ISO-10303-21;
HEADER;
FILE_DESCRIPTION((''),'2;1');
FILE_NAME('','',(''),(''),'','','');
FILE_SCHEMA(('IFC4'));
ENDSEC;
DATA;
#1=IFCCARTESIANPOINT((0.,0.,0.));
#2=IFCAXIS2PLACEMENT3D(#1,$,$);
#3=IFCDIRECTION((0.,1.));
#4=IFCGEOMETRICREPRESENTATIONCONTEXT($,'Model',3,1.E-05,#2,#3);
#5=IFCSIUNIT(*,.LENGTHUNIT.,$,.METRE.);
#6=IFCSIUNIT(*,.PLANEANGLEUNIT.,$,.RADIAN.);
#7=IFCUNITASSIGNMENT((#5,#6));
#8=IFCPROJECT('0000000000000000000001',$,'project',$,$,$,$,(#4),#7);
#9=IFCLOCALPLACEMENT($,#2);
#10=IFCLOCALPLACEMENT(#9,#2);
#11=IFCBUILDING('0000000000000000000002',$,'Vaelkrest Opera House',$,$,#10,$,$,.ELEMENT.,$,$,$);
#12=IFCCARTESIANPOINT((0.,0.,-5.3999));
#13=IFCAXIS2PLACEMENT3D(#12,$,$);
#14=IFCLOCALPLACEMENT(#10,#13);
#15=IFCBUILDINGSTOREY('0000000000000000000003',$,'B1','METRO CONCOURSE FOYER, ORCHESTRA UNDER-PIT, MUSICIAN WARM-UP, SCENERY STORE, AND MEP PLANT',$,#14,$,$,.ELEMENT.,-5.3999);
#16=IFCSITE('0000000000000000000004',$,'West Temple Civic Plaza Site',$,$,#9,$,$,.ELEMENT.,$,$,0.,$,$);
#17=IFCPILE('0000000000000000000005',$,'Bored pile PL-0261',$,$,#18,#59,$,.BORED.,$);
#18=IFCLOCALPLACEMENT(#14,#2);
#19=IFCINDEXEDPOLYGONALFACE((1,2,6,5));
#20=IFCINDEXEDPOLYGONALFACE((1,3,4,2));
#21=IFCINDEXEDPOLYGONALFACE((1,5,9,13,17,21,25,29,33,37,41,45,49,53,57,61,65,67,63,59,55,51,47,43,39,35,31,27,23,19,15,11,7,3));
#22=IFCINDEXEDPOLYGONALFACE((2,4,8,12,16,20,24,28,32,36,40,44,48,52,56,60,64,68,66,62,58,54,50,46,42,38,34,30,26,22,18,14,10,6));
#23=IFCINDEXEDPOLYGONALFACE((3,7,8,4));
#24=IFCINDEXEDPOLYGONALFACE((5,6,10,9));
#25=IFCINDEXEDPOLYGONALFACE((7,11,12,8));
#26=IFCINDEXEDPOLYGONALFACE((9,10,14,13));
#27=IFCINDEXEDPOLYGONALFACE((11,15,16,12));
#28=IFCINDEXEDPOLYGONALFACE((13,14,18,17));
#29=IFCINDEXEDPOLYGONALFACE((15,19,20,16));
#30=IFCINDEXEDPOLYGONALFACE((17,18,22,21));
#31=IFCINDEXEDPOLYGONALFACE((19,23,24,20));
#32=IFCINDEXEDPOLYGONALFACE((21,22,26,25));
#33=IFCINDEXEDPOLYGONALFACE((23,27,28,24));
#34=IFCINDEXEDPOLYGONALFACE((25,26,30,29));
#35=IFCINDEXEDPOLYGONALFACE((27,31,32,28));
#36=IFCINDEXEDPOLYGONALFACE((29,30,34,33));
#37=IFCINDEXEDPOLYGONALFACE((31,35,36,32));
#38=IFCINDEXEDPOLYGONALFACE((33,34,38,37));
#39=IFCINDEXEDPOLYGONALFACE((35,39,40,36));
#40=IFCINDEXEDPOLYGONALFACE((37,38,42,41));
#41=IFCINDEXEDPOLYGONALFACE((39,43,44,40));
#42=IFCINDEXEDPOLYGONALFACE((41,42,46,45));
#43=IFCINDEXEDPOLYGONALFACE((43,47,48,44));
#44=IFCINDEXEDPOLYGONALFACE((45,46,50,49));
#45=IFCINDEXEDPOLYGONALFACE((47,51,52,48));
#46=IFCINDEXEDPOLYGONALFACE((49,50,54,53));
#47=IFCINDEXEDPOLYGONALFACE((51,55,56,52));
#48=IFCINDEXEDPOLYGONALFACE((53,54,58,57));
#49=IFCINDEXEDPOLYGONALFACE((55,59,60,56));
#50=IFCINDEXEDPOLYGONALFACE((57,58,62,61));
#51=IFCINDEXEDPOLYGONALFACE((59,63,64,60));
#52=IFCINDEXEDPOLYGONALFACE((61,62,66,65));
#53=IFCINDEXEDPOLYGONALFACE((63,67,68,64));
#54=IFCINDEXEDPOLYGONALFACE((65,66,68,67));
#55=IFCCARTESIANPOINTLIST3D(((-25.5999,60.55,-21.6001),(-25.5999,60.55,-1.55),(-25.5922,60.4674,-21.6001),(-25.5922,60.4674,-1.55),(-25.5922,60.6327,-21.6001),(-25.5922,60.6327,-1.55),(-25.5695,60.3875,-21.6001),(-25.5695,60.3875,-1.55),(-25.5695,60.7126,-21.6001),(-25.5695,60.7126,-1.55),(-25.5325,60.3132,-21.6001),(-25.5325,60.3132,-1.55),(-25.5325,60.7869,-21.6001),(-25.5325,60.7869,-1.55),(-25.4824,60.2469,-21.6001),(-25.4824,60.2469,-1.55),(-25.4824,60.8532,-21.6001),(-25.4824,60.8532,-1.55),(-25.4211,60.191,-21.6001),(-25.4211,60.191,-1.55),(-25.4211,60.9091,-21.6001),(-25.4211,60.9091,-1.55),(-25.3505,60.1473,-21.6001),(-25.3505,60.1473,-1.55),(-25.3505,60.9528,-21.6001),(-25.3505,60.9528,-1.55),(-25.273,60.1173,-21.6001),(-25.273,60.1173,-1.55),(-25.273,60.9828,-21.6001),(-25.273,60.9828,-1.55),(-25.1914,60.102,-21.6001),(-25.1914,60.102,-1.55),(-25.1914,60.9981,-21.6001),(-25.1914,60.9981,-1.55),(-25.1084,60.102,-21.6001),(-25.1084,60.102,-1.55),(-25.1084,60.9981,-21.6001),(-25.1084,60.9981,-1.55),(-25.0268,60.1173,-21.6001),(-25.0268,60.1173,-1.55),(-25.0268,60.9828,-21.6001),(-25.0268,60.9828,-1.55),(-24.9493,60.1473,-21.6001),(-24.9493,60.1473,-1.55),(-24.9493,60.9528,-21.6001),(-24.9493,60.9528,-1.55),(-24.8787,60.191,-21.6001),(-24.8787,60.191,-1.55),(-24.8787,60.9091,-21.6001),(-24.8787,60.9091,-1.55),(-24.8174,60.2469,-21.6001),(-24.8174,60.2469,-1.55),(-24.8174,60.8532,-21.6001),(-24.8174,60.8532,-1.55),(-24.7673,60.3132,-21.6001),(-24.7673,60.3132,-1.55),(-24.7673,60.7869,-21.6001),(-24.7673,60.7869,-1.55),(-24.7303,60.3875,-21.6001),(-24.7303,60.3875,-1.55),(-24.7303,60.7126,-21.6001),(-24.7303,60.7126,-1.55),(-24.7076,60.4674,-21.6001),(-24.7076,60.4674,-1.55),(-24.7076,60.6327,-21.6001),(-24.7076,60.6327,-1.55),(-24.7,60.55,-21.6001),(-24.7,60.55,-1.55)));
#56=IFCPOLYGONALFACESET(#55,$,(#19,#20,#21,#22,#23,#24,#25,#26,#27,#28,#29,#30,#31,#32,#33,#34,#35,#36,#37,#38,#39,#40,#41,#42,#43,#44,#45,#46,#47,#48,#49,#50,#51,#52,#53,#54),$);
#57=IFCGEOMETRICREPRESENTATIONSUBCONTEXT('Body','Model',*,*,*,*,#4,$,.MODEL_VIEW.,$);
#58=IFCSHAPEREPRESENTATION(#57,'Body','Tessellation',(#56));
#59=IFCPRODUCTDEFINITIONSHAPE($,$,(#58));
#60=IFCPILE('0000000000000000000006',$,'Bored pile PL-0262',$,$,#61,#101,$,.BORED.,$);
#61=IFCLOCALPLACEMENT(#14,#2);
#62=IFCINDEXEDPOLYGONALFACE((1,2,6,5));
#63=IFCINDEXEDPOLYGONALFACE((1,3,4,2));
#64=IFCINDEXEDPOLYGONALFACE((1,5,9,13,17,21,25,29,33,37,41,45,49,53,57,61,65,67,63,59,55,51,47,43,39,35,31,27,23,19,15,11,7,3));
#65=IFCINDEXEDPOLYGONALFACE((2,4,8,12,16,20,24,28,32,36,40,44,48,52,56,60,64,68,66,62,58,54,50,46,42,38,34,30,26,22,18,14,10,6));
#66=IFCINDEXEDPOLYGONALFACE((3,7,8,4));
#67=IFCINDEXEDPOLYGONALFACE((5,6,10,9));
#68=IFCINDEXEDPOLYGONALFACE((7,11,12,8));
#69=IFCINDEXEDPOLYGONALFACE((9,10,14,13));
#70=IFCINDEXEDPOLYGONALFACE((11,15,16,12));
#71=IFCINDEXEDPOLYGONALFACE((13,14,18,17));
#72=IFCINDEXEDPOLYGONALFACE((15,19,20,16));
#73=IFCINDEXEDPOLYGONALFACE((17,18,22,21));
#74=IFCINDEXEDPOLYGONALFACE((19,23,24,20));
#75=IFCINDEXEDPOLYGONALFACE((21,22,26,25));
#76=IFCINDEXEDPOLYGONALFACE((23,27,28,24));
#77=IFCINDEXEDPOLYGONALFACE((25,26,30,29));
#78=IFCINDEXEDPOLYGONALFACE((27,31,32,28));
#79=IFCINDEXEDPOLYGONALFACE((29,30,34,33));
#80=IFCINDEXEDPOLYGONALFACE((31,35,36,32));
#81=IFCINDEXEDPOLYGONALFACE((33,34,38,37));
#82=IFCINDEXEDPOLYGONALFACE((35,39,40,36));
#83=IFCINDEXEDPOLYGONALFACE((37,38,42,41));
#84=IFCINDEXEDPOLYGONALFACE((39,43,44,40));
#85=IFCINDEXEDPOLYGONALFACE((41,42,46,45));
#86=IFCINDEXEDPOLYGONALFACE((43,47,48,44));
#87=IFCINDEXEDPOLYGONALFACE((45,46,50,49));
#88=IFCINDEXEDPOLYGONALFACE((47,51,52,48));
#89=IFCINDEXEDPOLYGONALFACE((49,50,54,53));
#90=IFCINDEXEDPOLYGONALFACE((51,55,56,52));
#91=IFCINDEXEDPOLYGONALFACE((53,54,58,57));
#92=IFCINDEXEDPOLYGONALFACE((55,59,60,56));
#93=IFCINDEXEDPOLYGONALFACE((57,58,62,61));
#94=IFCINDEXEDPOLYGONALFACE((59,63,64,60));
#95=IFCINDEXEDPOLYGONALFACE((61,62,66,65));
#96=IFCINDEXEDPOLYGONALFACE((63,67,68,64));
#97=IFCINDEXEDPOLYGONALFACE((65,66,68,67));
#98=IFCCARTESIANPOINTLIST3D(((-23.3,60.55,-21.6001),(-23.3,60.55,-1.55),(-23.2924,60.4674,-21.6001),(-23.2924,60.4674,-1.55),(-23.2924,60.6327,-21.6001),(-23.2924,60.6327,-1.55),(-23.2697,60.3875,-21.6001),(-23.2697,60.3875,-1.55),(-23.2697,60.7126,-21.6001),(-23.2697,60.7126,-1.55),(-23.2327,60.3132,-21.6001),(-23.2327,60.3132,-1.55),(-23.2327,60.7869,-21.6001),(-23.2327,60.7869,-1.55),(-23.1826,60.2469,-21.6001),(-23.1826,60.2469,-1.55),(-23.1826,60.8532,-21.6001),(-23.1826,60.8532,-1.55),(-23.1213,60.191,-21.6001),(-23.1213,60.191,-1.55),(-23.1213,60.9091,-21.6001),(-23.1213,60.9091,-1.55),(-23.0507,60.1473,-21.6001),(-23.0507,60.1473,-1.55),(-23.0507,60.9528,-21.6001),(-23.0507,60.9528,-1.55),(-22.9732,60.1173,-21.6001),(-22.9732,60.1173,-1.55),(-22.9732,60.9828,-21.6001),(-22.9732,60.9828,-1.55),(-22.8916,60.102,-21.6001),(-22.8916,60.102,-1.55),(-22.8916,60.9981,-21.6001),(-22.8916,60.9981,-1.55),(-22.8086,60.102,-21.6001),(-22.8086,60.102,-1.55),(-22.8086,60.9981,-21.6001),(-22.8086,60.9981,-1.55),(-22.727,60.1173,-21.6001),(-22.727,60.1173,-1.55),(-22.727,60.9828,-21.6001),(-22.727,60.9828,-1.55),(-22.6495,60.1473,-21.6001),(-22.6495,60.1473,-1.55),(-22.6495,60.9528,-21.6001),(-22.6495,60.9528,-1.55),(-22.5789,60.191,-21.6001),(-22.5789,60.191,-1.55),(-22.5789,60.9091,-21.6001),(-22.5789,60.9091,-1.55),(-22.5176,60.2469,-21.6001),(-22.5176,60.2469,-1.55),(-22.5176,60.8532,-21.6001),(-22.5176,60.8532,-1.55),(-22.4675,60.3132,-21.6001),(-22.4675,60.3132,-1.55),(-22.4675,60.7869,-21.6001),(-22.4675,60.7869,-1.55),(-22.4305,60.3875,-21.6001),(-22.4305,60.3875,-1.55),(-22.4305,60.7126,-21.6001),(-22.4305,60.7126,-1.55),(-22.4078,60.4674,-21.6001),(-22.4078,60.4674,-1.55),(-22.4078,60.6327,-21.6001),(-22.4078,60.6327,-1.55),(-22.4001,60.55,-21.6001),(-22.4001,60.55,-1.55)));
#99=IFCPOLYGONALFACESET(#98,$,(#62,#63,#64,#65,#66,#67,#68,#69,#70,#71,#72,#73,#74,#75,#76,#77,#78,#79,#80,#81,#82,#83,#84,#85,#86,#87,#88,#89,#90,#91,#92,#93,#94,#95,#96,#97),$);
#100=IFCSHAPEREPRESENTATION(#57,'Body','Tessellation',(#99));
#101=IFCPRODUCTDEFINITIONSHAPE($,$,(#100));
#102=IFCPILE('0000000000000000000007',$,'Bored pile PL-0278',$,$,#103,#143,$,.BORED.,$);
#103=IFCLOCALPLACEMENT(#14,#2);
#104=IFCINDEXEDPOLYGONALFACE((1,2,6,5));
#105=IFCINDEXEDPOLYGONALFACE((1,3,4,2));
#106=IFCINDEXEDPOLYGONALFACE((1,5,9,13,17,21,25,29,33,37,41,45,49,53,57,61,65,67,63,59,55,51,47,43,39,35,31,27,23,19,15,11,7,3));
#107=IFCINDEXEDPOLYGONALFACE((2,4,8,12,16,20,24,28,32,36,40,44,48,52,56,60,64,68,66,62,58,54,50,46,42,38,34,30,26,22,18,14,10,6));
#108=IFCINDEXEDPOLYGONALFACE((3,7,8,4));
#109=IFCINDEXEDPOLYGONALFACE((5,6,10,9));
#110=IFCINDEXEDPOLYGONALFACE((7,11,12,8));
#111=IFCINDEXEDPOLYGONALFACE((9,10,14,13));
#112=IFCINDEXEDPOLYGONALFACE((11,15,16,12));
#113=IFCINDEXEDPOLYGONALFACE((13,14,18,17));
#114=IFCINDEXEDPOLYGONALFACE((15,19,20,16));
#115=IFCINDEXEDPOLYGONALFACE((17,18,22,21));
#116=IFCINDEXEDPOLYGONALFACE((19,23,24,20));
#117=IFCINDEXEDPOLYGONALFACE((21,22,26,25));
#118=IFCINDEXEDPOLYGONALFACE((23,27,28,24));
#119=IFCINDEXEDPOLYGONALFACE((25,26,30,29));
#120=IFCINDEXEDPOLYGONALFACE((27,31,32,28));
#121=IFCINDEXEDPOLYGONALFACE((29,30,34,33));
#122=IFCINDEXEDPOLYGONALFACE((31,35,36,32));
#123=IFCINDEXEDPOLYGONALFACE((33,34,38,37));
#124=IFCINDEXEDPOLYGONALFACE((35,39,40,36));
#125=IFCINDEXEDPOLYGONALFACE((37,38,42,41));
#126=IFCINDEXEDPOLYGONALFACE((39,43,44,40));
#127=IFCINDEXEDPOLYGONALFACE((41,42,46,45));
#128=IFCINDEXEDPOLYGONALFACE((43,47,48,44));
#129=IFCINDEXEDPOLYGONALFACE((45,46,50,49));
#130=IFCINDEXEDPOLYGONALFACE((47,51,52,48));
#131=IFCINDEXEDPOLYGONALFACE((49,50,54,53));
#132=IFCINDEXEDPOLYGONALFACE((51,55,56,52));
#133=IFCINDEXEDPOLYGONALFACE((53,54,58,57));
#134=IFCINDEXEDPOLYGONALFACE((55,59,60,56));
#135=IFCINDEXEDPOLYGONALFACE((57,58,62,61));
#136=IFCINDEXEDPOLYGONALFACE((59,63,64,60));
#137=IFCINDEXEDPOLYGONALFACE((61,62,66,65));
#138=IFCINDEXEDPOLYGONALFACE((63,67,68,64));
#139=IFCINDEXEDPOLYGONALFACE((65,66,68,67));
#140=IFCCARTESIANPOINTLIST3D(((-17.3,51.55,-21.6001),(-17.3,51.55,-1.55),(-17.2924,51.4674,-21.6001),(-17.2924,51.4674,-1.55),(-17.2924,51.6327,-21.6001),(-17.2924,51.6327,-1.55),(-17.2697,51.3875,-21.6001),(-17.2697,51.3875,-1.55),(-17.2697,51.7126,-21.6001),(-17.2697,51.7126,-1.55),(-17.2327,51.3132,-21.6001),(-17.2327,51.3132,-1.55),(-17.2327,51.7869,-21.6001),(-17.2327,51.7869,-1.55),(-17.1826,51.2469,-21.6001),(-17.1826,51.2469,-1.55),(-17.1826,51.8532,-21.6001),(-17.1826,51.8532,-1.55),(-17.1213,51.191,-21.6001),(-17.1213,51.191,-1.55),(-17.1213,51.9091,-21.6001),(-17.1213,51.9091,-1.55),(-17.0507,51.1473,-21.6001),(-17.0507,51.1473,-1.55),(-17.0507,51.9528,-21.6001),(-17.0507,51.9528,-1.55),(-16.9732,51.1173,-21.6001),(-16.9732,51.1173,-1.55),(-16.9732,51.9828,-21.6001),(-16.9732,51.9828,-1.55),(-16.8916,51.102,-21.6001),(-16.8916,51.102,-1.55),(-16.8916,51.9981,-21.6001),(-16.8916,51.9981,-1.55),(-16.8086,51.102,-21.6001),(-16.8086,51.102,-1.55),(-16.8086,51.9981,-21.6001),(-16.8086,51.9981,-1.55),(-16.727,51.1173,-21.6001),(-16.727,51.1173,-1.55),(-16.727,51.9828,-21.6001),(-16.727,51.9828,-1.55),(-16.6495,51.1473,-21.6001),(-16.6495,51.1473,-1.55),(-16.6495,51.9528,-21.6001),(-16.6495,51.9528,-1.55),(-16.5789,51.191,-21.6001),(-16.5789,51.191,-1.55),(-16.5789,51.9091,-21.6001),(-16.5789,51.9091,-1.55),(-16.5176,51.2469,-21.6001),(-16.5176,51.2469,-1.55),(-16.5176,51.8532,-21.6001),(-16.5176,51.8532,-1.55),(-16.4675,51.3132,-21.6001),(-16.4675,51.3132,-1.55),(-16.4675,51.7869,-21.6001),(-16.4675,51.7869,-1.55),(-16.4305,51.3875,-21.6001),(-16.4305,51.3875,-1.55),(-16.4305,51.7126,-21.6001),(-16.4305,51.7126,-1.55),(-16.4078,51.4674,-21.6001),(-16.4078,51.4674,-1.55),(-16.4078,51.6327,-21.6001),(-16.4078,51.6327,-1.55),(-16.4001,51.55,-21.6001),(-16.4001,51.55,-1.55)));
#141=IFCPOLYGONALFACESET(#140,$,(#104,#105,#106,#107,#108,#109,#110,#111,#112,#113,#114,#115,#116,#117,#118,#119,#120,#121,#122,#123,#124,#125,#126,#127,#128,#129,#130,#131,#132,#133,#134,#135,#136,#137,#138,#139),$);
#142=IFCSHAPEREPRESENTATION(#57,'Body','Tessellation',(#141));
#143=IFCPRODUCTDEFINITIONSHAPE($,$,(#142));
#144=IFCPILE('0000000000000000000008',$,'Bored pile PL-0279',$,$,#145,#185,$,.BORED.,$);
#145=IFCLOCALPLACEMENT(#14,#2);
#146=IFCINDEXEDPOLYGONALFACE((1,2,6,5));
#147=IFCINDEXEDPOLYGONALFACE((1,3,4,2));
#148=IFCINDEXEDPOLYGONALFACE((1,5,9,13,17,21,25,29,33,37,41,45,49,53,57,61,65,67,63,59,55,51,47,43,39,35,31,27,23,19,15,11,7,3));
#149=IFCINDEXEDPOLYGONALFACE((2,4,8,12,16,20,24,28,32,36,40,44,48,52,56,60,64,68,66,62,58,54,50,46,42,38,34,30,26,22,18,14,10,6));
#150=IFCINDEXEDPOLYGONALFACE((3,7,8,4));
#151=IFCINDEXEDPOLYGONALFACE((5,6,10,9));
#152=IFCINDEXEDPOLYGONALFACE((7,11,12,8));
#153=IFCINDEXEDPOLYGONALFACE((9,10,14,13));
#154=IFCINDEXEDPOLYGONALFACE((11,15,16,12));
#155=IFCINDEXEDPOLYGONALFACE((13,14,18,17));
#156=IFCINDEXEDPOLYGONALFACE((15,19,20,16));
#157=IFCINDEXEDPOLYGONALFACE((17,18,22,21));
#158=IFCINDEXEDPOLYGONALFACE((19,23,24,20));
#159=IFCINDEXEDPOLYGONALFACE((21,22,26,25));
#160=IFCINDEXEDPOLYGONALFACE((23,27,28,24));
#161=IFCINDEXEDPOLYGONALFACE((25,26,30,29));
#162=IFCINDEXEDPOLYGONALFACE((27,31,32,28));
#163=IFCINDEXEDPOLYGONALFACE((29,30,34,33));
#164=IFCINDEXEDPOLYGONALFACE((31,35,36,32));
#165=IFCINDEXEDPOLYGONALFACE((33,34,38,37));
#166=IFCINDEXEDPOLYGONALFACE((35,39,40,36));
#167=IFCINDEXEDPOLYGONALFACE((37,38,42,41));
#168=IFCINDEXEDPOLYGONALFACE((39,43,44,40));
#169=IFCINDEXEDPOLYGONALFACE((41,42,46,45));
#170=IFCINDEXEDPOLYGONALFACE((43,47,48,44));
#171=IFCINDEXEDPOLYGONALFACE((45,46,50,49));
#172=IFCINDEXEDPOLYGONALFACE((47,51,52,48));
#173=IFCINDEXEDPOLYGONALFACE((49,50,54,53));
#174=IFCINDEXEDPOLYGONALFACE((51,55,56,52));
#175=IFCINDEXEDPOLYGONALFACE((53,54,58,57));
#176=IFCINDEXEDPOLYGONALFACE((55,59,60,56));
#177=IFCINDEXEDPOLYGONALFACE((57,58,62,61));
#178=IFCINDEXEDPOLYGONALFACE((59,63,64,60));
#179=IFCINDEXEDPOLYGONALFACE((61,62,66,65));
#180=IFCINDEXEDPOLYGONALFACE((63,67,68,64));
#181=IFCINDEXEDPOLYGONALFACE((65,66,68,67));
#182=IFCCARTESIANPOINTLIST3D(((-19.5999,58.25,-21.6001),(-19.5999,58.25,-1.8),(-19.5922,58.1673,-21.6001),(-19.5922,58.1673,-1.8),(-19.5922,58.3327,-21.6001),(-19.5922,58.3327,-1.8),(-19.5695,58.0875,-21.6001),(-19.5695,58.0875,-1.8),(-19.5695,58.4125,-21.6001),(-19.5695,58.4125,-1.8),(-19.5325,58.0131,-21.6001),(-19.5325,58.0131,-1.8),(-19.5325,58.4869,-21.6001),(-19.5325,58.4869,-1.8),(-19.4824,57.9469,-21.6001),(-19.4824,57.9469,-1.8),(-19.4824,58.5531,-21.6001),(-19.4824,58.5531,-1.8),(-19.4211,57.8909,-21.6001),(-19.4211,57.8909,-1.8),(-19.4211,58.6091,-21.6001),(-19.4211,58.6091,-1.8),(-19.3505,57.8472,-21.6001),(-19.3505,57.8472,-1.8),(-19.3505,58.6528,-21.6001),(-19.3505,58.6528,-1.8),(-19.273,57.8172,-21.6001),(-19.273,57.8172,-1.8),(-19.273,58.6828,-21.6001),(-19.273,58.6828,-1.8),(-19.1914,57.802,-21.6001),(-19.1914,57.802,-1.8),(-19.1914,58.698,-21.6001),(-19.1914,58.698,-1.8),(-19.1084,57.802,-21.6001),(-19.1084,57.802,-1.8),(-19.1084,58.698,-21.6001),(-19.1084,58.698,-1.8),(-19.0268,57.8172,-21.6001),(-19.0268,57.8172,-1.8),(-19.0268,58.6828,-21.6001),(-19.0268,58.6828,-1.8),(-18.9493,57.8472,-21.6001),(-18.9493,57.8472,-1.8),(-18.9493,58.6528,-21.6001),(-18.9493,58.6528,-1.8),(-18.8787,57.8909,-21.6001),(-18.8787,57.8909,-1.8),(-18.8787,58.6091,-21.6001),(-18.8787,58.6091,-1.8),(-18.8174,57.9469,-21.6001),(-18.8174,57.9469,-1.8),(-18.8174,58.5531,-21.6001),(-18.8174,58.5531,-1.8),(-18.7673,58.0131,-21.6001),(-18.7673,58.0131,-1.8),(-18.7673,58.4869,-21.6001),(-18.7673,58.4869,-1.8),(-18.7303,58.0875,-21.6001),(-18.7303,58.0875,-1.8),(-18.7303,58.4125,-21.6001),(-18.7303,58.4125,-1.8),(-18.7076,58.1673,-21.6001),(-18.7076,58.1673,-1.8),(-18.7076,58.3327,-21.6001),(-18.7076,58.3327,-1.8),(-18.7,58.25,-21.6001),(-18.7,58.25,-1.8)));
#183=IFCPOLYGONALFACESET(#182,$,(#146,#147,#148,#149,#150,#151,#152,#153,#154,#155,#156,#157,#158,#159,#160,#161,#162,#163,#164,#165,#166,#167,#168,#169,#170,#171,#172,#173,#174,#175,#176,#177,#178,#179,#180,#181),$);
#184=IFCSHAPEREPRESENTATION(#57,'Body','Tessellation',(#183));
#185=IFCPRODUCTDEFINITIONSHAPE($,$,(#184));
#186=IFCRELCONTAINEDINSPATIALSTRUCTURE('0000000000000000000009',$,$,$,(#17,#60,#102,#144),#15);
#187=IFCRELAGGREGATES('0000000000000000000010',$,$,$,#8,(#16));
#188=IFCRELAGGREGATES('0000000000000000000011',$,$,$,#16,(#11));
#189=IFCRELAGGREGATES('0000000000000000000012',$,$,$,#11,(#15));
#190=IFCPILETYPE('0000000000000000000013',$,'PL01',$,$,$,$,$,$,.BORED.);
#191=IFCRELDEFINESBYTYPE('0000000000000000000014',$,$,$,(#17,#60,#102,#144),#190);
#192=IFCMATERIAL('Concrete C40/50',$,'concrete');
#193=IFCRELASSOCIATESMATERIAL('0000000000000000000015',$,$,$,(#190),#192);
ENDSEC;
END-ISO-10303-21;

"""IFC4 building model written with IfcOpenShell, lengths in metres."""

from ifc_helpers import new_model, si_unit, direction, frame, origin, origin_2d, place, context, subcontext, project, spatial, circle, extrude, material, material_profile, profile_set, type_object, element, save


model = new_model("IFC4")

# Units and contexts
model_context = context("Model", 3, precision=1e-05, world=origin(), true_north=direction((0.0, 1.0)))
body_context = subcontext(model_context, "Body", "Model", "MODEL_VIEW")
ifc_project = project(units=[si_unit("LENGTHUNIT", "METRE"), si_unit("PLANEANGLEUNIT", "RADIAN")], contexts=[model_context])

# Site, building, storey
site_placement = place(None, origin())
site = spatial("IfcSite", under=ifc_project, at=site_placement, Name="West Temple Civic Plaza Site", CompositionType="ELEMENT", RefElevation=0.0)
building_placement = place(site_placement, origin())
building = spatial("IfcBuilding", under=site, at=building_placement, Name="Vaelkrest Opera House", CompositionType="ELEMENT")
storey_placement = place(building_placement, frame((0.0, 0.0, -5.3999)))
storey = spatial("IfcBuildingStorey", under=building, at=storey_placement, Name="B1", Description="METRO CONCOURSE FOYER, ORCHESTRA UNDER-PIT, MUSICIAN WARM-UP, SCENERY STORE, AND MEP PLANT", CompositionType="ELEMENT", Elevation=-5.3999)

# Shared definitions
ifc_material_1 = material(Name="Concrete C40/50", Category="concrete")

# Piles
ifc_material_profile_1 = material_profile(ifc_material_1, circle(Radius=0.45, at=origin_2d()), Name="PILE900")
ifc_profile_set_1 = profile_set([ifc_material_profile_1], Name="Concrete C40/50")
pile_type = type_object("IfcPileType", Name="PL01", PredefinedType="BORED", material=ifc_profile_set_1)
for number, where, z_axis, x_axis, name in (
    (1, (-25.1499, 60.55, -1.55), (0.0, 0.0, -1.0), (1.0, 0.0, 0.0), "Bored pile PL-0261"),
    (2, (-22.8501, 60.55, -1.55), (0.0, 0.0, -1.0), (1.0, 0.0, 0.0), "Bored pile PL-0262"),
    (3, (-16.8501, 51.55, -1.55), (0.0, 0.0, -1.0), (1.0, 0.0, 0.0), "Bored pile PL-0278"),
):
    element("IfcPile", number, at=place(storey_placement, frame(where, z_axis=z_axis, x_axis=x_axis)), inside=storey, type_object=pile_type, Name=name, PredefinedType="BORED", context=body_context, shape_type="SweptSolid", body=[
        extrude(circle(Radius=0.45, at=origin_2d()), origin(), (0.0, 0.0, 1.0), 20.05),
    ])
for number, where, z_axis, x_axis, name in (
    (4, (-19.1499, 58.25, -1.8), (0.0, 0.0, -1.0), (1.0, 0.0, 0.0), "Bored pile PL-0279"),
):
    element("IfcPile", number, at=place(storey_placement, frame(where, z_axis=z_axis, x_axis=x_axis)), inside=storey, type_object=pile_type, Name=name, PredefinedType="BORED", context=body_context, shape_type="SweptSolid", body=[
        extrude(circle(Radius=0.45, at=origin_2d()), origin(), (0.0, 0.0, 1.0), 19.8),
    ])

save(model, "model.ifc")
